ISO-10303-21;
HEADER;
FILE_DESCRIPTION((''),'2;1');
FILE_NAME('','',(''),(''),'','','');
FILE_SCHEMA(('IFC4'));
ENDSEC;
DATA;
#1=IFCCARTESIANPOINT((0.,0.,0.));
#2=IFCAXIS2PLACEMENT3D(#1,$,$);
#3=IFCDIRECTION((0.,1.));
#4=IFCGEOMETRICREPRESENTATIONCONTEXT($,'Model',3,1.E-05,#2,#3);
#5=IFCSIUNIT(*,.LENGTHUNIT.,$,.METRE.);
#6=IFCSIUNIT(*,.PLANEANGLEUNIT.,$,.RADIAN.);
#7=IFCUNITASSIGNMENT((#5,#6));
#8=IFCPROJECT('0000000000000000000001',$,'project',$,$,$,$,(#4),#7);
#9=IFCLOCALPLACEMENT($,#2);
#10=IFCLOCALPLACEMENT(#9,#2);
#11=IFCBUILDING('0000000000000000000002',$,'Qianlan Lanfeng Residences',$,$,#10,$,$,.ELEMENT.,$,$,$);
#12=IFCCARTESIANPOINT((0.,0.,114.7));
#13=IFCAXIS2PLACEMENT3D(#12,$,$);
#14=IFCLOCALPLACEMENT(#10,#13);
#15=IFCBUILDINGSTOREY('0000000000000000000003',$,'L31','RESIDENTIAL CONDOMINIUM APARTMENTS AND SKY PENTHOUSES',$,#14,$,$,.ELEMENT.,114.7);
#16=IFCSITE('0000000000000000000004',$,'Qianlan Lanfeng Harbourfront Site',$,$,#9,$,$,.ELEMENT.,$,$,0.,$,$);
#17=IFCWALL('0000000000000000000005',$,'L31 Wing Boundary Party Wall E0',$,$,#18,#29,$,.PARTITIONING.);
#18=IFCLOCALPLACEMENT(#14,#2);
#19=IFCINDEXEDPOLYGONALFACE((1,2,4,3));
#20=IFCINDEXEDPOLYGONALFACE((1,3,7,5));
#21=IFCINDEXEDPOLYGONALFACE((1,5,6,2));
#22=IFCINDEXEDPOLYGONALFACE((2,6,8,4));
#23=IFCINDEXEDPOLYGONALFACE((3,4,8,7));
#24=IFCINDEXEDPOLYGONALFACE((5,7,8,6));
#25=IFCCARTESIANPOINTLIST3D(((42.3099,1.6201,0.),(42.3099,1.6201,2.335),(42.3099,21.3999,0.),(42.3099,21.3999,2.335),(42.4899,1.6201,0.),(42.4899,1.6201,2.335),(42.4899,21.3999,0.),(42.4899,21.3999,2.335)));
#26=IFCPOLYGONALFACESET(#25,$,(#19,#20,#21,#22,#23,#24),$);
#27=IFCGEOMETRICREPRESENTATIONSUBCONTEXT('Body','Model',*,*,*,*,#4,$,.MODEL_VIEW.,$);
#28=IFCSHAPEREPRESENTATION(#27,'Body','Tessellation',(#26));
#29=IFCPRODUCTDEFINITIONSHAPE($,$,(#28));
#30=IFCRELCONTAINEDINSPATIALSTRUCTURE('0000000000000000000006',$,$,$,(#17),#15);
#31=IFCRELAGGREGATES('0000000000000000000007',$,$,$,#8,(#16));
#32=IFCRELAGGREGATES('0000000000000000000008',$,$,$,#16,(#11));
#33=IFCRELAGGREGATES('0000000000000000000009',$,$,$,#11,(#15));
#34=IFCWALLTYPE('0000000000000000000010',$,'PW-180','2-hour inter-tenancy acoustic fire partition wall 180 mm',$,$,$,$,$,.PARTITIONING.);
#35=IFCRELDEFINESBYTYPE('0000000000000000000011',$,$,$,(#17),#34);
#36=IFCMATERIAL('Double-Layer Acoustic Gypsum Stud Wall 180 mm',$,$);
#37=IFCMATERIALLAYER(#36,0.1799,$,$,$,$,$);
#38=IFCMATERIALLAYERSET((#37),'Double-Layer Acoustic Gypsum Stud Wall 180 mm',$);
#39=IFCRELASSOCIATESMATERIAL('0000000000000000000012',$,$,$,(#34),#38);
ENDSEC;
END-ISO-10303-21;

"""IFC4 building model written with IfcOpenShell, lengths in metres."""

from ifc_helpers import new_model, si_unit, direction, frame, frame_2d, origin, place, context, subcontext, project, spatial, rectangle, extrude, material, layer, layer_set, type_object, element, save


model = new_model("IFC4")

# Units and contexts
model_context = context("Model", 3, precision=1e-05, world=origin(), true_north=direction((0.0, 1.0)))
body_context = subcontext(model_context, "Body", "Model", "MODEL_VIEW")
ifc_project = project(units=[si_unit("LENGTHUNIT", "METRE"), si_unit("PLANEANGLEUNIT", "RADIAN")], contexts=[model_context])

# Site, building, storey
site_placement = place(None, origin())
site = spatial("IfcSite", under=ifc_project, at=site_placement, Name="Qianlan Lanfeng Harbourfront Site", CompositionType="ELEMENT", RefElevation=0.0)
building_placement = place(site_placement, origin())
building = spatial("IfcBuilding", under=site, at=building_placement, Name="Qianlan Lanfeng Residences", CompositionType="ELEMENT")
storey_placement = place(building_placement, frame((0.0, 0.0, 114.7)))
storey = spatial("IfcBuildingStorey", under=building, at=storey_placement, Name="L31", Description="RESIDENTIAL CONDOMINIUM APARTMENTS AND SKY PENTHOUSES", CompositionType="ELEMENT", Elevation=114.7)

# Wall
ifc_material_1 = material(Name="Double-Layer Acoustic Gypsum Stud Wall 180 mm")
ifc_layer_1 = layer(ifc_material_1, 0.1799)
ifc_layer_set_1 = layer_set([ifc_layer_1], Name="Double-Layer Acoustic Gypsum Stud Wall 180 mm")
wall_type_1 = type_object("IfcWallType", Name="PW-180", Description="2-hour inter-tenancy acoustic fire partition wall 180 mm", PredefinedType="PARTITIONING", material=ifc_layer_set_1)
wall_1_placement = place(storey_placement, frame((42.3999, 1.6201, 0.0), z_axis=(0.0, 0.0, 1.0), x_axis=(0.0, 1.0, 0.0)))
element("IfcWall", 1, at=wall_1_placement, inside=storey, type_object=wall_type_1, Name="L31 Wing Boundary Party Wall E0", PredefinedType="PARTITIONING", context=body_context, shape_type="SweptSolid", body=[
    extrude(rectangle(XDim=19.7798, YDim=0.1799, at=frame_2d((9.8899, 0.0))), origin(), (0.0, 0.0, 1.0), 2.335),
])

save(model, "model.ifc")
